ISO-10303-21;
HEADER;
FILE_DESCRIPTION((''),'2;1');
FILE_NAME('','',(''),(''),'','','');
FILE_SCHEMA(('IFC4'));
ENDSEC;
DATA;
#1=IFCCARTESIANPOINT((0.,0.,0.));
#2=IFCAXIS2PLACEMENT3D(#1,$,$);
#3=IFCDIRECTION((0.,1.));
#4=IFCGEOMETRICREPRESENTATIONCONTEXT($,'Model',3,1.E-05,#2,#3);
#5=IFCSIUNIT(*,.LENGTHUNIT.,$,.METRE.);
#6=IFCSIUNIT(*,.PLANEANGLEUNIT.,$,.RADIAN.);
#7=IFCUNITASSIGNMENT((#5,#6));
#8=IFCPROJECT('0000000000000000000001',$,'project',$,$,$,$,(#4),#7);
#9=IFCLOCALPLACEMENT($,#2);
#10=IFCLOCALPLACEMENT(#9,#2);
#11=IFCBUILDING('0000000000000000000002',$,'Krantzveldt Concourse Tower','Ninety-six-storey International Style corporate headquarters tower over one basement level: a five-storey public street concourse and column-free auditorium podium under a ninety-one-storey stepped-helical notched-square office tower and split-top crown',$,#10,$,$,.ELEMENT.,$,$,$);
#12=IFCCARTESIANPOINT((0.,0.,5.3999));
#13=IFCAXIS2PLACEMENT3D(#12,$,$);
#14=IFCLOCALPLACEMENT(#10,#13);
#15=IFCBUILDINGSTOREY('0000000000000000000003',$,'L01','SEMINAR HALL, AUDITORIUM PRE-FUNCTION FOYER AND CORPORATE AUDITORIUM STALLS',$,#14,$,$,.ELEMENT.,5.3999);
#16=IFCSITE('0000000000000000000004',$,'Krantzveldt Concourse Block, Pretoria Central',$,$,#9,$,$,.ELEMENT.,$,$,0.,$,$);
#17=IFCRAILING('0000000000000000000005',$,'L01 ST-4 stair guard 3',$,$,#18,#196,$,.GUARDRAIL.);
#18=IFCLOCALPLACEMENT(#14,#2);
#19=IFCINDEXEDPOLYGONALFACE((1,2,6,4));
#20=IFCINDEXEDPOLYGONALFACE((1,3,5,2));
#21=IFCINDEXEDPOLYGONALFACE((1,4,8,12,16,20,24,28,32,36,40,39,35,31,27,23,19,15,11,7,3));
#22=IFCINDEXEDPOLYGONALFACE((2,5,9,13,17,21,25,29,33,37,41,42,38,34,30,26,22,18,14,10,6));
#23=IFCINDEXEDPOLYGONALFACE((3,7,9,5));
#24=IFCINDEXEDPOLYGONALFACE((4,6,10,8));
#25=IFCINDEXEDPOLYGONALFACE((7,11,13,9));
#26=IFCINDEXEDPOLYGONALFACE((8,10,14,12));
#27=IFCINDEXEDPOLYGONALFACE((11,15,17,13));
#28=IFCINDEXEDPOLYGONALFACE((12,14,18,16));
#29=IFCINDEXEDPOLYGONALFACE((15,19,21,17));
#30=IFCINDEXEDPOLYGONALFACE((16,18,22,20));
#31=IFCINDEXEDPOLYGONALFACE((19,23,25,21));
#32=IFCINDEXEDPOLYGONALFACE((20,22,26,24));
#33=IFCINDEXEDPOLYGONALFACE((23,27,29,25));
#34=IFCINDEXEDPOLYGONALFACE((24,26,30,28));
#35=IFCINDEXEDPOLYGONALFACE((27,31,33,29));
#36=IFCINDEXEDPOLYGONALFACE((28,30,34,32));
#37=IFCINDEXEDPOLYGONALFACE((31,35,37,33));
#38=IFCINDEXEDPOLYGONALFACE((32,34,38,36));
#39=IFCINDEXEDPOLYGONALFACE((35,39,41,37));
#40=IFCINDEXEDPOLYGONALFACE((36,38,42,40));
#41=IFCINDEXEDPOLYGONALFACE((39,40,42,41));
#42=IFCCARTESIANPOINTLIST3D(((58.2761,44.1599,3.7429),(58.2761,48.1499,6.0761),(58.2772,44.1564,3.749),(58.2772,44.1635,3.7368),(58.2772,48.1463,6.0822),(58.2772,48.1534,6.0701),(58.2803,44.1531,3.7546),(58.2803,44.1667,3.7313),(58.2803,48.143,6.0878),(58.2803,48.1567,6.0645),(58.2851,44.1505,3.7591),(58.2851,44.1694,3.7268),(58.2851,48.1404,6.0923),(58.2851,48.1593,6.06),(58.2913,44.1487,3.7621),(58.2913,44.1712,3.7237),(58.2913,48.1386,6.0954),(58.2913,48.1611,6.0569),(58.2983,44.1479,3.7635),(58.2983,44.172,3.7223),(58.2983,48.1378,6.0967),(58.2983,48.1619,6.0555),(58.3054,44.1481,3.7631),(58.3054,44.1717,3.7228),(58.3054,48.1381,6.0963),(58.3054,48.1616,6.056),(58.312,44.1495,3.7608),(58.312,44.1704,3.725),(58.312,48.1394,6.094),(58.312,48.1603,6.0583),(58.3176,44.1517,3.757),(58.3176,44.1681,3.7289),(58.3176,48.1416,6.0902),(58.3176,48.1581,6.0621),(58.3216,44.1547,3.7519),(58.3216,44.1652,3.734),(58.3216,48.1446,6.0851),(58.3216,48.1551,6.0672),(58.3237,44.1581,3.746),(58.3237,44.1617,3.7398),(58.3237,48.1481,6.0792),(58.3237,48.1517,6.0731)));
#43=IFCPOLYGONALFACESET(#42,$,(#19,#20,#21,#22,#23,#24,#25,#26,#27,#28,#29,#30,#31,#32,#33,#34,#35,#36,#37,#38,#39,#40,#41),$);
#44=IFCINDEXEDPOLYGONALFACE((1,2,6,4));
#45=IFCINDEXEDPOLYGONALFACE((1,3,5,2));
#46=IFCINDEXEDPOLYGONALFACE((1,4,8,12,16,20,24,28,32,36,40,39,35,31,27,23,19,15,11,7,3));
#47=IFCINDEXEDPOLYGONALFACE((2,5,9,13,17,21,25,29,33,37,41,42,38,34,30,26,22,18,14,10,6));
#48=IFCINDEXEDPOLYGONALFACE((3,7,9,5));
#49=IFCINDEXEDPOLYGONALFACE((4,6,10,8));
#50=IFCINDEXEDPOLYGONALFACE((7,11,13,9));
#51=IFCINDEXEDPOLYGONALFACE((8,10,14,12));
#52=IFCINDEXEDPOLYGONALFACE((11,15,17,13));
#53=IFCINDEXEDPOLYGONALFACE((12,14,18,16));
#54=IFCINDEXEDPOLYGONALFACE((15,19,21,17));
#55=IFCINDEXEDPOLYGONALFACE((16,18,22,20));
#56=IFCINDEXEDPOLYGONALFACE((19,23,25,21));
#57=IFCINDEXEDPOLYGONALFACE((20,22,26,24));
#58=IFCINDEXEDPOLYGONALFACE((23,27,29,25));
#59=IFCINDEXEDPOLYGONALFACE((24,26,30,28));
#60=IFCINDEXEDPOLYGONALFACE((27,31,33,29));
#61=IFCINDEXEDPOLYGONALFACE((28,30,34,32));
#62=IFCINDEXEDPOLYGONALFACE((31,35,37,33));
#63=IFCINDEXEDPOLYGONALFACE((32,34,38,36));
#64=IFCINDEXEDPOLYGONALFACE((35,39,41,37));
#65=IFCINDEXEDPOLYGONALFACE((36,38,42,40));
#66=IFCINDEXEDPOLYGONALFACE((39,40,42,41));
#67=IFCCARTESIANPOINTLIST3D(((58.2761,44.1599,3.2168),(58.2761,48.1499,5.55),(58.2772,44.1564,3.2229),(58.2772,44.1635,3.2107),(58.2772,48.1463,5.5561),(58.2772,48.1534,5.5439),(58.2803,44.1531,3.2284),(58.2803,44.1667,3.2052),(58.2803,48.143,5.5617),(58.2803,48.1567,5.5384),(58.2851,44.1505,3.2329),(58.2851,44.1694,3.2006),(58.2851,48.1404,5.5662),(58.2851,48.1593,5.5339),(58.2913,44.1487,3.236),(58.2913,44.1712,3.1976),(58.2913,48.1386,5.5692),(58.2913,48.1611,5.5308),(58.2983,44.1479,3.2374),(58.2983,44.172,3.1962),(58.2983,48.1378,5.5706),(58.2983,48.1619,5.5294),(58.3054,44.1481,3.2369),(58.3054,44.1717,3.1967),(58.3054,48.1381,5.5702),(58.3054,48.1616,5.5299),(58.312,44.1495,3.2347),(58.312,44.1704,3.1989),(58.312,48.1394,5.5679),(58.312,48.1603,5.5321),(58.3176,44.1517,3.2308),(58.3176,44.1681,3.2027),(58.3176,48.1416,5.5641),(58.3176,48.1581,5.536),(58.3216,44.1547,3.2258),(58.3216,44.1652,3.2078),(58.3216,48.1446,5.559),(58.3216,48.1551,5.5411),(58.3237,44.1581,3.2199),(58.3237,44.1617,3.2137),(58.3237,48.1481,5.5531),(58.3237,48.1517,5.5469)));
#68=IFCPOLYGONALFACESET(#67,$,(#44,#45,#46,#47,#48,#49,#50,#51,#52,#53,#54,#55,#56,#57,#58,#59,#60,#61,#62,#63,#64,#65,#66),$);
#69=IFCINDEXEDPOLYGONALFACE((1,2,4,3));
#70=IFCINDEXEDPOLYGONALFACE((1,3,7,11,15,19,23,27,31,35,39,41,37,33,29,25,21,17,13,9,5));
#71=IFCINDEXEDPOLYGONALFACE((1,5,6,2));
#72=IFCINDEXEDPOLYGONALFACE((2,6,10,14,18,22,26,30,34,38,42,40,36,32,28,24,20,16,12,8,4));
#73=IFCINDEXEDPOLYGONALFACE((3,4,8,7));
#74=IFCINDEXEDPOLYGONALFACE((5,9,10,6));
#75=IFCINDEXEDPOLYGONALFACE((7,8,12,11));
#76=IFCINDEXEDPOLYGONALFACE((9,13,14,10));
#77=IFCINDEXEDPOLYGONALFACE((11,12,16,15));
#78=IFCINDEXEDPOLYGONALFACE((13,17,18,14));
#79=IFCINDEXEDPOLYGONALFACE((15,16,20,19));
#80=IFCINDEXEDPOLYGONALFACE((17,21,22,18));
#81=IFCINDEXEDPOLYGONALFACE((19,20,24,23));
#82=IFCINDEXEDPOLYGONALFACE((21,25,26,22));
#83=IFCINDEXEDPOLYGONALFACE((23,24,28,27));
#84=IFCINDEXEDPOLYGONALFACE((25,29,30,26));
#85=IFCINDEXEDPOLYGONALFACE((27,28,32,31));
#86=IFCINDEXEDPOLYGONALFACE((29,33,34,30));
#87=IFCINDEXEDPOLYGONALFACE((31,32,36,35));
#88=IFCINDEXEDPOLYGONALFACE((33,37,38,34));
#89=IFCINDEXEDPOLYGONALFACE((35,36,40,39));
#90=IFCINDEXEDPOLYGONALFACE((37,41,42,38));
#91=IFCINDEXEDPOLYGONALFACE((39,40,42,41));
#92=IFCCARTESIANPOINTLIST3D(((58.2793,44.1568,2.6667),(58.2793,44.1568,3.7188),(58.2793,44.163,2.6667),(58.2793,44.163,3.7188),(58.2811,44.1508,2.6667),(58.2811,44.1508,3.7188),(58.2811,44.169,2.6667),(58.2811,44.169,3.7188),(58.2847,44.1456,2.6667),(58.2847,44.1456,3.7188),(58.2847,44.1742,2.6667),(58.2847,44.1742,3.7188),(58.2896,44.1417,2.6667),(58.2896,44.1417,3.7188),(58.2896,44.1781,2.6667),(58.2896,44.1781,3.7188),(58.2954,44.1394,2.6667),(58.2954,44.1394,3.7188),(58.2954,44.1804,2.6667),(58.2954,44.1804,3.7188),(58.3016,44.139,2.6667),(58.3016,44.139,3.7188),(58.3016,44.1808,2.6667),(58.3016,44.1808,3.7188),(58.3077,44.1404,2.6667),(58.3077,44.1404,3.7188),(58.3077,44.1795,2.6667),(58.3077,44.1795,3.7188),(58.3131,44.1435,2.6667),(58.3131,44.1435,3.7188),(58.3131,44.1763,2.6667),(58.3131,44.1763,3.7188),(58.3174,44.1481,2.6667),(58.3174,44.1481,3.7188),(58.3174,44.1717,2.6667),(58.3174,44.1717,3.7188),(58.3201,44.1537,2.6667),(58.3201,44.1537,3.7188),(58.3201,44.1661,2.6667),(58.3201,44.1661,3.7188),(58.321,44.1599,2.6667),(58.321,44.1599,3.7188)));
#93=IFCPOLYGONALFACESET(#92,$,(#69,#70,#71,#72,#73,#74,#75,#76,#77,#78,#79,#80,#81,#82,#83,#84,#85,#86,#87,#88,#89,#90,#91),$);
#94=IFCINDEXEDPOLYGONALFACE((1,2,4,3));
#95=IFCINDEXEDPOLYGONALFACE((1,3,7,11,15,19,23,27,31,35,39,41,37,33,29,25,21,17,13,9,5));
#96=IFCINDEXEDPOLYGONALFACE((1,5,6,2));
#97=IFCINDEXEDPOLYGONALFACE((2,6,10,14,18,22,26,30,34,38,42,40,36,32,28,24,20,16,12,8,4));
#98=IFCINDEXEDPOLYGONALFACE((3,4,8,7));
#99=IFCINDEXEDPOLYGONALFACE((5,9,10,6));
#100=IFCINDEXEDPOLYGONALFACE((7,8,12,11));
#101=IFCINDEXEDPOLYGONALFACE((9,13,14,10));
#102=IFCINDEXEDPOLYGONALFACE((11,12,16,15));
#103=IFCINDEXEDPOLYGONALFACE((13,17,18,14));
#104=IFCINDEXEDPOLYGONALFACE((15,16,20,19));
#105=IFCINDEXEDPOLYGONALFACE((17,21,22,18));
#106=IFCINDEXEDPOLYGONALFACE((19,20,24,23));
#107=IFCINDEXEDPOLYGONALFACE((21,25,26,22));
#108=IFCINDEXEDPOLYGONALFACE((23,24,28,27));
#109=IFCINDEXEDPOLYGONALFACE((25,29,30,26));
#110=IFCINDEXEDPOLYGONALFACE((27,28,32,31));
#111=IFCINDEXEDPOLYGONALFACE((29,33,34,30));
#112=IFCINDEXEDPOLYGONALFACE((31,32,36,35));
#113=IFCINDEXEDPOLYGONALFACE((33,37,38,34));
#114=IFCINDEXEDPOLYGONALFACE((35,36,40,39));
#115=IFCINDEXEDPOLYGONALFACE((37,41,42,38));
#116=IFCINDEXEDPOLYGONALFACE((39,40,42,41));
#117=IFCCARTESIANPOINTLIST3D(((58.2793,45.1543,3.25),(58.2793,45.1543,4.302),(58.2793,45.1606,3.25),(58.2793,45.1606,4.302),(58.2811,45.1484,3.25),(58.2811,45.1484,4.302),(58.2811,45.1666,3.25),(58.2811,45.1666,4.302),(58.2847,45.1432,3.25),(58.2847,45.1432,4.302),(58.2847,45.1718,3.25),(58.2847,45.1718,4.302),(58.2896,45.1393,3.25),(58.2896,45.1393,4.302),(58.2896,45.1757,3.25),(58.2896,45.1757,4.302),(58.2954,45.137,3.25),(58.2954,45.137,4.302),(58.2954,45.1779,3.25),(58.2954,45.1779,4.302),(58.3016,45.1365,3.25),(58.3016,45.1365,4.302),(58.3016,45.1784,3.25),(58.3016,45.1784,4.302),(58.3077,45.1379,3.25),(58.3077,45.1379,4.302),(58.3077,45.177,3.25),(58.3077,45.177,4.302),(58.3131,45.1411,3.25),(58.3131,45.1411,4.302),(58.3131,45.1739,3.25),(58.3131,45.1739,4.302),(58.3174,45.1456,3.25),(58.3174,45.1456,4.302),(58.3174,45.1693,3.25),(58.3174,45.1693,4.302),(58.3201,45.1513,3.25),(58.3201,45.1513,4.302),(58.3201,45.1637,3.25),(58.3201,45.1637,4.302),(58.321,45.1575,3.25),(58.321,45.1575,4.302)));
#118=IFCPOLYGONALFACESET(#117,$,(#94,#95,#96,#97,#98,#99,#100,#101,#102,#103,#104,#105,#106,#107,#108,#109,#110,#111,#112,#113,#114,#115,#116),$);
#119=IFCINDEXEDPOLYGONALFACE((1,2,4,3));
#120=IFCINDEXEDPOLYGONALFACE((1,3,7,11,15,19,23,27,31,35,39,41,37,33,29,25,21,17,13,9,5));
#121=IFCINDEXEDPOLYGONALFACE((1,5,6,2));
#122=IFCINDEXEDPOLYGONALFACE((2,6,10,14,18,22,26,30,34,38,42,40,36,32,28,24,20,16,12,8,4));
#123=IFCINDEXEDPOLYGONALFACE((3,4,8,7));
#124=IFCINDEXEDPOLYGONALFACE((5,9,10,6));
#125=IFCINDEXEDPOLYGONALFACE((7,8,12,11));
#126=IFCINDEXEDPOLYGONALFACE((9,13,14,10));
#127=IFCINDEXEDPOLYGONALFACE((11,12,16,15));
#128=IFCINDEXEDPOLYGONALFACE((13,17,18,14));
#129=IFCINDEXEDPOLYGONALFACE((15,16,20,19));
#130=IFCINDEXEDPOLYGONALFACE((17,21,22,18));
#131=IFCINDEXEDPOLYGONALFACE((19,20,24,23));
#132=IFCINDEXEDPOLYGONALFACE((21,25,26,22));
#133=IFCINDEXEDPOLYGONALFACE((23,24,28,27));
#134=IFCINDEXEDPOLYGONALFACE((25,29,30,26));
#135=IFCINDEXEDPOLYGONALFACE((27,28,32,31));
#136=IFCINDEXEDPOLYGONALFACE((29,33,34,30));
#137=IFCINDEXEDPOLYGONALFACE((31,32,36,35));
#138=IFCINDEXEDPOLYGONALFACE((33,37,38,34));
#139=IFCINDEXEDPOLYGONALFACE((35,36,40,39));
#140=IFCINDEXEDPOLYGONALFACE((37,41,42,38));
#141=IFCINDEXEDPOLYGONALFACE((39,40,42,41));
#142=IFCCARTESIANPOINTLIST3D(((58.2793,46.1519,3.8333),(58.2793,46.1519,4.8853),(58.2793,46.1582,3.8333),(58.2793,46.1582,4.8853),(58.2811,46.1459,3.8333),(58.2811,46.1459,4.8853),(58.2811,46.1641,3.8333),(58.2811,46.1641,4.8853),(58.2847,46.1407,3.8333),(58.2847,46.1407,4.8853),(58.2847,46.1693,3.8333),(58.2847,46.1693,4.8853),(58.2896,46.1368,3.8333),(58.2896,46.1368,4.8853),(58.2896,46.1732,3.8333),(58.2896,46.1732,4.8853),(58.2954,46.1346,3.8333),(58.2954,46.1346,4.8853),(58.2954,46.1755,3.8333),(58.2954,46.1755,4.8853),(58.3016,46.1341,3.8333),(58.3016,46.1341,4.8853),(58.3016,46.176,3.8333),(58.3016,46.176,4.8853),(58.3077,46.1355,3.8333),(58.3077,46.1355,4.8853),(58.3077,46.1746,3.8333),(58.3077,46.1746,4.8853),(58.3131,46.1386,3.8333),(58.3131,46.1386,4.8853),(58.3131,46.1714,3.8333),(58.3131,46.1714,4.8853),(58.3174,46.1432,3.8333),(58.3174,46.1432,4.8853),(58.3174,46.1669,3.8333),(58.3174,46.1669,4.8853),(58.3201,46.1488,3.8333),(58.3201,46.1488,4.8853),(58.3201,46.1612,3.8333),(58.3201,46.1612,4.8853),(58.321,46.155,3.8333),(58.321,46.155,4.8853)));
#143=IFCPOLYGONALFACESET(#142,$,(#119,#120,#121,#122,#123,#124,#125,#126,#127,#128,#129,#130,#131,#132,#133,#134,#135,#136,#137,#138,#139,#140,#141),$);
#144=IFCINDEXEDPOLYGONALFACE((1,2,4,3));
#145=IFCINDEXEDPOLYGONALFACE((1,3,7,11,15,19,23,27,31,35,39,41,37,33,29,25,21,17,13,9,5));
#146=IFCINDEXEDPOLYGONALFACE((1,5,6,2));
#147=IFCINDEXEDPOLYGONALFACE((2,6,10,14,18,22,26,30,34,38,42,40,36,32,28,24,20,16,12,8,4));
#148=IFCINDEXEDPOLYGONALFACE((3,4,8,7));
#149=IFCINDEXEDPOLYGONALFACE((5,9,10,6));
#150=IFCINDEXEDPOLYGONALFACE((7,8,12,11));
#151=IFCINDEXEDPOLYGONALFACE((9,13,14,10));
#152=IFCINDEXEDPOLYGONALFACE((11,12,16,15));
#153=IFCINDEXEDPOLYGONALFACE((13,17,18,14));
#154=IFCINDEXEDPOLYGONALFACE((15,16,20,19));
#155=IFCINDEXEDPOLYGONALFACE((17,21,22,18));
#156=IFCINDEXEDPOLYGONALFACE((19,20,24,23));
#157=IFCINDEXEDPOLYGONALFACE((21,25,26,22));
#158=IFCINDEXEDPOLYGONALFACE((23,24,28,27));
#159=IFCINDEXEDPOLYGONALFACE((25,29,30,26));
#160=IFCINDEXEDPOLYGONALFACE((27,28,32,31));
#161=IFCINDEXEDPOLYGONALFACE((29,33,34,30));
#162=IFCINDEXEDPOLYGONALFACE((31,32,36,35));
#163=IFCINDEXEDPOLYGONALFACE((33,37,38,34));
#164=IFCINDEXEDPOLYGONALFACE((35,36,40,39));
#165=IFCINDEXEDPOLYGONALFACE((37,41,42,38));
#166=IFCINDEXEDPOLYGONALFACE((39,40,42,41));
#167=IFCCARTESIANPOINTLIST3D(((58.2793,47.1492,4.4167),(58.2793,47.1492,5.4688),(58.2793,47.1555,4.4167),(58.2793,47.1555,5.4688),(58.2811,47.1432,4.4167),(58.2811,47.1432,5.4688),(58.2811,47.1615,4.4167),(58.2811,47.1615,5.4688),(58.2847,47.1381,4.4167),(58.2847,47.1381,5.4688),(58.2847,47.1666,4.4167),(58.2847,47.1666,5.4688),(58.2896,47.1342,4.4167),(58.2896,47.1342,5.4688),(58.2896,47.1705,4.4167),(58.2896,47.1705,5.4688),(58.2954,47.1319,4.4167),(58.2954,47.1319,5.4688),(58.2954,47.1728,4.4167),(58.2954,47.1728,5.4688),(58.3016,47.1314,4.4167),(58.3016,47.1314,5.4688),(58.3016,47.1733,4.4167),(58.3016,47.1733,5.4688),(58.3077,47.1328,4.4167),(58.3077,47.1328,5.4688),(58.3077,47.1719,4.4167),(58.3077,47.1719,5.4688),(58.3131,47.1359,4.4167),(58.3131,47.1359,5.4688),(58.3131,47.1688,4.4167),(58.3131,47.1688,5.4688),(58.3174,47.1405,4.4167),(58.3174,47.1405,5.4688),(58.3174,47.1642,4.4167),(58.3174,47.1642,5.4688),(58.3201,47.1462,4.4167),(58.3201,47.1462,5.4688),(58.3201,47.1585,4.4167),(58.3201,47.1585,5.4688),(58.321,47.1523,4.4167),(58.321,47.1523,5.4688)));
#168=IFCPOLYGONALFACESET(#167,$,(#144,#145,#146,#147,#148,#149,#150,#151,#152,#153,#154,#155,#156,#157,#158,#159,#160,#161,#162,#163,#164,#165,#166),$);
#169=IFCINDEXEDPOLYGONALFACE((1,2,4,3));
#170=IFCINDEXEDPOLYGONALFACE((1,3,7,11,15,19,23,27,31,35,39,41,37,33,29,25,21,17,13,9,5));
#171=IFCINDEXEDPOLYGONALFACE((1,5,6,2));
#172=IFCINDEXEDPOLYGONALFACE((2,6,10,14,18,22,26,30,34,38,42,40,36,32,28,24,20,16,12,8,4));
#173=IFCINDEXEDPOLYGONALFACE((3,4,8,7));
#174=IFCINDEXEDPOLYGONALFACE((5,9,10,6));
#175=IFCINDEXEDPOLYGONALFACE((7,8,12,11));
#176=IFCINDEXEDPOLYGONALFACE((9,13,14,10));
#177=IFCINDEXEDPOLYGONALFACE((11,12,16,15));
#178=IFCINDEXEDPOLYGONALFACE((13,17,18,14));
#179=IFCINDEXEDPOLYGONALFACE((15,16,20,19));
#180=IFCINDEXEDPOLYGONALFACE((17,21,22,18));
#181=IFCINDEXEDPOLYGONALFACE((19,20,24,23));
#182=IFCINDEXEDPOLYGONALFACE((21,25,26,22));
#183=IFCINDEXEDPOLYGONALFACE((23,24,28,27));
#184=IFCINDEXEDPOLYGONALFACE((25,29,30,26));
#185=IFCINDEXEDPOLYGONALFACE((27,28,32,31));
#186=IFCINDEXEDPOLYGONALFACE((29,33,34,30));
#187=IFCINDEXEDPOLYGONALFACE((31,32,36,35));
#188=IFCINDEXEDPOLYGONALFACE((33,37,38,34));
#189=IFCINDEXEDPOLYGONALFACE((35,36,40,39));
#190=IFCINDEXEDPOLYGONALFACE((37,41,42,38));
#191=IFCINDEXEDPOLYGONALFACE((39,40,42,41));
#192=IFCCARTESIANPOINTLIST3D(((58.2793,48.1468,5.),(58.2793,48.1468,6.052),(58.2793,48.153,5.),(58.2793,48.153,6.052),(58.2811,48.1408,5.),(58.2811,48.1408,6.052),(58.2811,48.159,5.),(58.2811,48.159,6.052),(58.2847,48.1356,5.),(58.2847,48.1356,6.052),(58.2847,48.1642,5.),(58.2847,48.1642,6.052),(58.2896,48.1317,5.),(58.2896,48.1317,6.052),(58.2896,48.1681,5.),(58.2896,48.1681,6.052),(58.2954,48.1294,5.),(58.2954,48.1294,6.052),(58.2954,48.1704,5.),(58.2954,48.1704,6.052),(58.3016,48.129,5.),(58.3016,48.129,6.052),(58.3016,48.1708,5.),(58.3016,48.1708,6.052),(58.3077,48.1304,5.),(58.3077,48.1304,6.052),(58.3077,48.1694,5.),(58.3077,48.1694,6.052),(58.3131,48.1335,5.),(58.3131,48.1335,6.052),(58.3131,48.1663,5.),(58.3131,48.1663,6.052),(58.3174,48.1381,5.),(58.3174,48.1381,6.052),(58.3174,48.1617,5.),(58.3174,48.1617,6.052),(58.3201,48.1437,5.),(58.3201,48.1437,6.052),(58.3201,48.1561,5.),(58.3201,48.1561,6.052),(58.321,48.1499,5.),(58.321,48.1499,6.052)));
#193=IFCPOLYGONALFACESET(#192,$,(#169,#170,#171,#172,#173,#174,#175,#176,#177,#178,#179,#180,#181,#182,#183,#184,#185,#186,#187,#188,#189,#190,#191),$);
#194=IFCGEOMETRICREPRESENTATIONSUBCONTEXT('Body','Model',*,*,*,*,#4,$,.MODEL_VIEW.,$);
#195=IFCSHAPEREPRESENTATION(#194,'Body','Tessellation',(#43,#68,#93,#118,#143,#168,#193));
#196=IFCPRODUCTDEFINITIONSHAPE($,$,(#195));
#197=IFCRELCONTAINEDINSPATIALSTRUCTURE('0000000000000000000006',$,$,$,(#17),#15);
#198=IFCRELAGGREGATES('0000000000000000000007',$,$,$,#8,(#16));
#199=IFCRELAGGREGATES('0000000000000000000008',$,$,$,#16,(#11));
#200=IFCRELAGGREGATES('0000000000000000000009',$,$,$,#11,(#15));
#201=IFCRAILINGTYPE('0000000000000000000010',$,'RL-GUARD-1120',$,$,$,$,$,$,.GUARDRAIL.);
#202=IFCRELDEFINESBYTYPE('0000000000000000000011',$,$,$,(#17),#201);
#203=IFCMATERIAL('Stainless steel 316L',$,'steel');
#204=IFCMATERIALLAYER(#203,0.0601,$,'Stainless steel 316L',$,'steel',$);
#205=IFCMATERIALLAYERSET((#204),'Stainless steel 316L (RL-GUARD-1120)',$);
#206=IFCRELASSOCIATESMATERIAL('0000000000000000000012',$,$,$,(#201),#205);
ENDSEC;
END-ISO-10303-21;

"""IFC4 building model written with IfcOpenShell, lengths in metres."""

from ifc_helpers import new_model, si_unit, direction, frame, origin, origin_2d, place, context, subcontext, project, spatial, circle, extrude, material, layer, layer_set, type_object, element, save


model = new_model("IFC4")

# Units and contexts
model_context = context("Model", 3, precision=1e-05, world=origin(), true_north=direction((0.0, 1.0)))
body_context = subcontext(model_context, "Body", "Model", "MODEL_VIEW")
ifc_project = project(units=[si_unit("LENGTHUNIT", "METRE"), si_unit("PLANEANGLEUNIT", "RADIAN")], contexts=[model_context])

# Site, building, storey
site_placement = place(None, origin())
site = spatial("IfcSite", under=ifc_project, at=site_placement, Name="Krantzveldt Concourse Block, Pretoria Central", CompositionType="ELEMENT", RefElevation=0.0)
building_placement = place(site_placement, origin())
building = spatial("IfcBuilding", under=site, at=building_placement, Name="Krantzveldt Concourse Tower", Description="Ninety-six-storey International Style corporate headquarters tower over one basement level: a five-storey public street concourse and column-free auditorium podium under a ninety-one-storey stepped-helical notched-square office tower and split-top crown", CompositionType="ELEMENT")
storey_placement = place(building_placement, frame((0.0, 0.0, 5.3999)))
storey = spatial("IfcBuildingStorey", under=building, at=storey_placement, Name="L01", Description="SEMINAR HALL, AUDITORIUM PRE-FUNCTION FOYER AND CORPORATE AUDITORIUM STALLS", CompositionType="ELEMENT", Elevation=5.3999)

# Railing
ifc_material_1 = material(Name="Stainless steel 316L", Category="steel")
ifc_layer_1 = layer(ifc_material_1, 0.0601, Name="Stainless steel 316L", Category="steel")
ifc_layer_set_1 = layer_set([ifc_layer_1], Name="Stainless steel 316L (RL-GUARD-1120)")
railing_type_1 = type_object("IfcRailingType", Name="RL-GUARD-1120", PredefinedType="GUARDRAIL", material=ifc_layer_set_1)
railing_1_placement = place(storey_placement, frame((58.3, 44.1599, 2.6667)))
element("IfcRailing", 1, at=railing_1_placement, inside=storey, type_object=railing_type_1, Name="L01 ST-4 stair guard 3", PredefinedType="GUARDRAIL", context=body_context, shape_type="SweptSolid", body=[
    extrude(circle(Radius=0.0239, at=origin_2d()), frame((0.0, 0.0, 1.0762), z_axis=(0.0, 0.863236, 0.5048), x_axis=(-1.0, 0.0, 0.0)), (0.0, 0.0, 1.0), 4.6221),
    extrude(circle(Radius=0.0239, at=origin_2d()), frame((0.0, 0.0, 0.55), z_axis=(0.0, 0.863236, 0.5048), x_axis=(-1.0, 0.0, 0.0)), (0.0, 0.0, 1.0), 4.6221),
    extrude(circle(Radius=0.021, at=origin_2d()), origin(), (0.0, 0.0, 1.0), 1.052),
    extrude(circle(Radius=0.021, at=origin_2d()), frame((0.0, 0.9976, 0.5833)), (0.0, 0.0, 1.0), 1.052),
    extrude(circle(Radius=0.021, at=origin_2d()), frame((0.0, 1.9951, 1.1665)), (0.0, 0.0, 1.0), 1.052),
    extrude(circle(Radius=0.021, at=origin_2d()), frame((0.0, 2.9924, 1.75)), (0.0, 0.0, 1.0), 1.052),
    extrude(circle(Radius=0.021, at=origin_2d()), frame((0.0, 3.99, 2.3333)), (0.0, 0.0, 1.0), 1.052),
])

save(model, "model.ifc")
